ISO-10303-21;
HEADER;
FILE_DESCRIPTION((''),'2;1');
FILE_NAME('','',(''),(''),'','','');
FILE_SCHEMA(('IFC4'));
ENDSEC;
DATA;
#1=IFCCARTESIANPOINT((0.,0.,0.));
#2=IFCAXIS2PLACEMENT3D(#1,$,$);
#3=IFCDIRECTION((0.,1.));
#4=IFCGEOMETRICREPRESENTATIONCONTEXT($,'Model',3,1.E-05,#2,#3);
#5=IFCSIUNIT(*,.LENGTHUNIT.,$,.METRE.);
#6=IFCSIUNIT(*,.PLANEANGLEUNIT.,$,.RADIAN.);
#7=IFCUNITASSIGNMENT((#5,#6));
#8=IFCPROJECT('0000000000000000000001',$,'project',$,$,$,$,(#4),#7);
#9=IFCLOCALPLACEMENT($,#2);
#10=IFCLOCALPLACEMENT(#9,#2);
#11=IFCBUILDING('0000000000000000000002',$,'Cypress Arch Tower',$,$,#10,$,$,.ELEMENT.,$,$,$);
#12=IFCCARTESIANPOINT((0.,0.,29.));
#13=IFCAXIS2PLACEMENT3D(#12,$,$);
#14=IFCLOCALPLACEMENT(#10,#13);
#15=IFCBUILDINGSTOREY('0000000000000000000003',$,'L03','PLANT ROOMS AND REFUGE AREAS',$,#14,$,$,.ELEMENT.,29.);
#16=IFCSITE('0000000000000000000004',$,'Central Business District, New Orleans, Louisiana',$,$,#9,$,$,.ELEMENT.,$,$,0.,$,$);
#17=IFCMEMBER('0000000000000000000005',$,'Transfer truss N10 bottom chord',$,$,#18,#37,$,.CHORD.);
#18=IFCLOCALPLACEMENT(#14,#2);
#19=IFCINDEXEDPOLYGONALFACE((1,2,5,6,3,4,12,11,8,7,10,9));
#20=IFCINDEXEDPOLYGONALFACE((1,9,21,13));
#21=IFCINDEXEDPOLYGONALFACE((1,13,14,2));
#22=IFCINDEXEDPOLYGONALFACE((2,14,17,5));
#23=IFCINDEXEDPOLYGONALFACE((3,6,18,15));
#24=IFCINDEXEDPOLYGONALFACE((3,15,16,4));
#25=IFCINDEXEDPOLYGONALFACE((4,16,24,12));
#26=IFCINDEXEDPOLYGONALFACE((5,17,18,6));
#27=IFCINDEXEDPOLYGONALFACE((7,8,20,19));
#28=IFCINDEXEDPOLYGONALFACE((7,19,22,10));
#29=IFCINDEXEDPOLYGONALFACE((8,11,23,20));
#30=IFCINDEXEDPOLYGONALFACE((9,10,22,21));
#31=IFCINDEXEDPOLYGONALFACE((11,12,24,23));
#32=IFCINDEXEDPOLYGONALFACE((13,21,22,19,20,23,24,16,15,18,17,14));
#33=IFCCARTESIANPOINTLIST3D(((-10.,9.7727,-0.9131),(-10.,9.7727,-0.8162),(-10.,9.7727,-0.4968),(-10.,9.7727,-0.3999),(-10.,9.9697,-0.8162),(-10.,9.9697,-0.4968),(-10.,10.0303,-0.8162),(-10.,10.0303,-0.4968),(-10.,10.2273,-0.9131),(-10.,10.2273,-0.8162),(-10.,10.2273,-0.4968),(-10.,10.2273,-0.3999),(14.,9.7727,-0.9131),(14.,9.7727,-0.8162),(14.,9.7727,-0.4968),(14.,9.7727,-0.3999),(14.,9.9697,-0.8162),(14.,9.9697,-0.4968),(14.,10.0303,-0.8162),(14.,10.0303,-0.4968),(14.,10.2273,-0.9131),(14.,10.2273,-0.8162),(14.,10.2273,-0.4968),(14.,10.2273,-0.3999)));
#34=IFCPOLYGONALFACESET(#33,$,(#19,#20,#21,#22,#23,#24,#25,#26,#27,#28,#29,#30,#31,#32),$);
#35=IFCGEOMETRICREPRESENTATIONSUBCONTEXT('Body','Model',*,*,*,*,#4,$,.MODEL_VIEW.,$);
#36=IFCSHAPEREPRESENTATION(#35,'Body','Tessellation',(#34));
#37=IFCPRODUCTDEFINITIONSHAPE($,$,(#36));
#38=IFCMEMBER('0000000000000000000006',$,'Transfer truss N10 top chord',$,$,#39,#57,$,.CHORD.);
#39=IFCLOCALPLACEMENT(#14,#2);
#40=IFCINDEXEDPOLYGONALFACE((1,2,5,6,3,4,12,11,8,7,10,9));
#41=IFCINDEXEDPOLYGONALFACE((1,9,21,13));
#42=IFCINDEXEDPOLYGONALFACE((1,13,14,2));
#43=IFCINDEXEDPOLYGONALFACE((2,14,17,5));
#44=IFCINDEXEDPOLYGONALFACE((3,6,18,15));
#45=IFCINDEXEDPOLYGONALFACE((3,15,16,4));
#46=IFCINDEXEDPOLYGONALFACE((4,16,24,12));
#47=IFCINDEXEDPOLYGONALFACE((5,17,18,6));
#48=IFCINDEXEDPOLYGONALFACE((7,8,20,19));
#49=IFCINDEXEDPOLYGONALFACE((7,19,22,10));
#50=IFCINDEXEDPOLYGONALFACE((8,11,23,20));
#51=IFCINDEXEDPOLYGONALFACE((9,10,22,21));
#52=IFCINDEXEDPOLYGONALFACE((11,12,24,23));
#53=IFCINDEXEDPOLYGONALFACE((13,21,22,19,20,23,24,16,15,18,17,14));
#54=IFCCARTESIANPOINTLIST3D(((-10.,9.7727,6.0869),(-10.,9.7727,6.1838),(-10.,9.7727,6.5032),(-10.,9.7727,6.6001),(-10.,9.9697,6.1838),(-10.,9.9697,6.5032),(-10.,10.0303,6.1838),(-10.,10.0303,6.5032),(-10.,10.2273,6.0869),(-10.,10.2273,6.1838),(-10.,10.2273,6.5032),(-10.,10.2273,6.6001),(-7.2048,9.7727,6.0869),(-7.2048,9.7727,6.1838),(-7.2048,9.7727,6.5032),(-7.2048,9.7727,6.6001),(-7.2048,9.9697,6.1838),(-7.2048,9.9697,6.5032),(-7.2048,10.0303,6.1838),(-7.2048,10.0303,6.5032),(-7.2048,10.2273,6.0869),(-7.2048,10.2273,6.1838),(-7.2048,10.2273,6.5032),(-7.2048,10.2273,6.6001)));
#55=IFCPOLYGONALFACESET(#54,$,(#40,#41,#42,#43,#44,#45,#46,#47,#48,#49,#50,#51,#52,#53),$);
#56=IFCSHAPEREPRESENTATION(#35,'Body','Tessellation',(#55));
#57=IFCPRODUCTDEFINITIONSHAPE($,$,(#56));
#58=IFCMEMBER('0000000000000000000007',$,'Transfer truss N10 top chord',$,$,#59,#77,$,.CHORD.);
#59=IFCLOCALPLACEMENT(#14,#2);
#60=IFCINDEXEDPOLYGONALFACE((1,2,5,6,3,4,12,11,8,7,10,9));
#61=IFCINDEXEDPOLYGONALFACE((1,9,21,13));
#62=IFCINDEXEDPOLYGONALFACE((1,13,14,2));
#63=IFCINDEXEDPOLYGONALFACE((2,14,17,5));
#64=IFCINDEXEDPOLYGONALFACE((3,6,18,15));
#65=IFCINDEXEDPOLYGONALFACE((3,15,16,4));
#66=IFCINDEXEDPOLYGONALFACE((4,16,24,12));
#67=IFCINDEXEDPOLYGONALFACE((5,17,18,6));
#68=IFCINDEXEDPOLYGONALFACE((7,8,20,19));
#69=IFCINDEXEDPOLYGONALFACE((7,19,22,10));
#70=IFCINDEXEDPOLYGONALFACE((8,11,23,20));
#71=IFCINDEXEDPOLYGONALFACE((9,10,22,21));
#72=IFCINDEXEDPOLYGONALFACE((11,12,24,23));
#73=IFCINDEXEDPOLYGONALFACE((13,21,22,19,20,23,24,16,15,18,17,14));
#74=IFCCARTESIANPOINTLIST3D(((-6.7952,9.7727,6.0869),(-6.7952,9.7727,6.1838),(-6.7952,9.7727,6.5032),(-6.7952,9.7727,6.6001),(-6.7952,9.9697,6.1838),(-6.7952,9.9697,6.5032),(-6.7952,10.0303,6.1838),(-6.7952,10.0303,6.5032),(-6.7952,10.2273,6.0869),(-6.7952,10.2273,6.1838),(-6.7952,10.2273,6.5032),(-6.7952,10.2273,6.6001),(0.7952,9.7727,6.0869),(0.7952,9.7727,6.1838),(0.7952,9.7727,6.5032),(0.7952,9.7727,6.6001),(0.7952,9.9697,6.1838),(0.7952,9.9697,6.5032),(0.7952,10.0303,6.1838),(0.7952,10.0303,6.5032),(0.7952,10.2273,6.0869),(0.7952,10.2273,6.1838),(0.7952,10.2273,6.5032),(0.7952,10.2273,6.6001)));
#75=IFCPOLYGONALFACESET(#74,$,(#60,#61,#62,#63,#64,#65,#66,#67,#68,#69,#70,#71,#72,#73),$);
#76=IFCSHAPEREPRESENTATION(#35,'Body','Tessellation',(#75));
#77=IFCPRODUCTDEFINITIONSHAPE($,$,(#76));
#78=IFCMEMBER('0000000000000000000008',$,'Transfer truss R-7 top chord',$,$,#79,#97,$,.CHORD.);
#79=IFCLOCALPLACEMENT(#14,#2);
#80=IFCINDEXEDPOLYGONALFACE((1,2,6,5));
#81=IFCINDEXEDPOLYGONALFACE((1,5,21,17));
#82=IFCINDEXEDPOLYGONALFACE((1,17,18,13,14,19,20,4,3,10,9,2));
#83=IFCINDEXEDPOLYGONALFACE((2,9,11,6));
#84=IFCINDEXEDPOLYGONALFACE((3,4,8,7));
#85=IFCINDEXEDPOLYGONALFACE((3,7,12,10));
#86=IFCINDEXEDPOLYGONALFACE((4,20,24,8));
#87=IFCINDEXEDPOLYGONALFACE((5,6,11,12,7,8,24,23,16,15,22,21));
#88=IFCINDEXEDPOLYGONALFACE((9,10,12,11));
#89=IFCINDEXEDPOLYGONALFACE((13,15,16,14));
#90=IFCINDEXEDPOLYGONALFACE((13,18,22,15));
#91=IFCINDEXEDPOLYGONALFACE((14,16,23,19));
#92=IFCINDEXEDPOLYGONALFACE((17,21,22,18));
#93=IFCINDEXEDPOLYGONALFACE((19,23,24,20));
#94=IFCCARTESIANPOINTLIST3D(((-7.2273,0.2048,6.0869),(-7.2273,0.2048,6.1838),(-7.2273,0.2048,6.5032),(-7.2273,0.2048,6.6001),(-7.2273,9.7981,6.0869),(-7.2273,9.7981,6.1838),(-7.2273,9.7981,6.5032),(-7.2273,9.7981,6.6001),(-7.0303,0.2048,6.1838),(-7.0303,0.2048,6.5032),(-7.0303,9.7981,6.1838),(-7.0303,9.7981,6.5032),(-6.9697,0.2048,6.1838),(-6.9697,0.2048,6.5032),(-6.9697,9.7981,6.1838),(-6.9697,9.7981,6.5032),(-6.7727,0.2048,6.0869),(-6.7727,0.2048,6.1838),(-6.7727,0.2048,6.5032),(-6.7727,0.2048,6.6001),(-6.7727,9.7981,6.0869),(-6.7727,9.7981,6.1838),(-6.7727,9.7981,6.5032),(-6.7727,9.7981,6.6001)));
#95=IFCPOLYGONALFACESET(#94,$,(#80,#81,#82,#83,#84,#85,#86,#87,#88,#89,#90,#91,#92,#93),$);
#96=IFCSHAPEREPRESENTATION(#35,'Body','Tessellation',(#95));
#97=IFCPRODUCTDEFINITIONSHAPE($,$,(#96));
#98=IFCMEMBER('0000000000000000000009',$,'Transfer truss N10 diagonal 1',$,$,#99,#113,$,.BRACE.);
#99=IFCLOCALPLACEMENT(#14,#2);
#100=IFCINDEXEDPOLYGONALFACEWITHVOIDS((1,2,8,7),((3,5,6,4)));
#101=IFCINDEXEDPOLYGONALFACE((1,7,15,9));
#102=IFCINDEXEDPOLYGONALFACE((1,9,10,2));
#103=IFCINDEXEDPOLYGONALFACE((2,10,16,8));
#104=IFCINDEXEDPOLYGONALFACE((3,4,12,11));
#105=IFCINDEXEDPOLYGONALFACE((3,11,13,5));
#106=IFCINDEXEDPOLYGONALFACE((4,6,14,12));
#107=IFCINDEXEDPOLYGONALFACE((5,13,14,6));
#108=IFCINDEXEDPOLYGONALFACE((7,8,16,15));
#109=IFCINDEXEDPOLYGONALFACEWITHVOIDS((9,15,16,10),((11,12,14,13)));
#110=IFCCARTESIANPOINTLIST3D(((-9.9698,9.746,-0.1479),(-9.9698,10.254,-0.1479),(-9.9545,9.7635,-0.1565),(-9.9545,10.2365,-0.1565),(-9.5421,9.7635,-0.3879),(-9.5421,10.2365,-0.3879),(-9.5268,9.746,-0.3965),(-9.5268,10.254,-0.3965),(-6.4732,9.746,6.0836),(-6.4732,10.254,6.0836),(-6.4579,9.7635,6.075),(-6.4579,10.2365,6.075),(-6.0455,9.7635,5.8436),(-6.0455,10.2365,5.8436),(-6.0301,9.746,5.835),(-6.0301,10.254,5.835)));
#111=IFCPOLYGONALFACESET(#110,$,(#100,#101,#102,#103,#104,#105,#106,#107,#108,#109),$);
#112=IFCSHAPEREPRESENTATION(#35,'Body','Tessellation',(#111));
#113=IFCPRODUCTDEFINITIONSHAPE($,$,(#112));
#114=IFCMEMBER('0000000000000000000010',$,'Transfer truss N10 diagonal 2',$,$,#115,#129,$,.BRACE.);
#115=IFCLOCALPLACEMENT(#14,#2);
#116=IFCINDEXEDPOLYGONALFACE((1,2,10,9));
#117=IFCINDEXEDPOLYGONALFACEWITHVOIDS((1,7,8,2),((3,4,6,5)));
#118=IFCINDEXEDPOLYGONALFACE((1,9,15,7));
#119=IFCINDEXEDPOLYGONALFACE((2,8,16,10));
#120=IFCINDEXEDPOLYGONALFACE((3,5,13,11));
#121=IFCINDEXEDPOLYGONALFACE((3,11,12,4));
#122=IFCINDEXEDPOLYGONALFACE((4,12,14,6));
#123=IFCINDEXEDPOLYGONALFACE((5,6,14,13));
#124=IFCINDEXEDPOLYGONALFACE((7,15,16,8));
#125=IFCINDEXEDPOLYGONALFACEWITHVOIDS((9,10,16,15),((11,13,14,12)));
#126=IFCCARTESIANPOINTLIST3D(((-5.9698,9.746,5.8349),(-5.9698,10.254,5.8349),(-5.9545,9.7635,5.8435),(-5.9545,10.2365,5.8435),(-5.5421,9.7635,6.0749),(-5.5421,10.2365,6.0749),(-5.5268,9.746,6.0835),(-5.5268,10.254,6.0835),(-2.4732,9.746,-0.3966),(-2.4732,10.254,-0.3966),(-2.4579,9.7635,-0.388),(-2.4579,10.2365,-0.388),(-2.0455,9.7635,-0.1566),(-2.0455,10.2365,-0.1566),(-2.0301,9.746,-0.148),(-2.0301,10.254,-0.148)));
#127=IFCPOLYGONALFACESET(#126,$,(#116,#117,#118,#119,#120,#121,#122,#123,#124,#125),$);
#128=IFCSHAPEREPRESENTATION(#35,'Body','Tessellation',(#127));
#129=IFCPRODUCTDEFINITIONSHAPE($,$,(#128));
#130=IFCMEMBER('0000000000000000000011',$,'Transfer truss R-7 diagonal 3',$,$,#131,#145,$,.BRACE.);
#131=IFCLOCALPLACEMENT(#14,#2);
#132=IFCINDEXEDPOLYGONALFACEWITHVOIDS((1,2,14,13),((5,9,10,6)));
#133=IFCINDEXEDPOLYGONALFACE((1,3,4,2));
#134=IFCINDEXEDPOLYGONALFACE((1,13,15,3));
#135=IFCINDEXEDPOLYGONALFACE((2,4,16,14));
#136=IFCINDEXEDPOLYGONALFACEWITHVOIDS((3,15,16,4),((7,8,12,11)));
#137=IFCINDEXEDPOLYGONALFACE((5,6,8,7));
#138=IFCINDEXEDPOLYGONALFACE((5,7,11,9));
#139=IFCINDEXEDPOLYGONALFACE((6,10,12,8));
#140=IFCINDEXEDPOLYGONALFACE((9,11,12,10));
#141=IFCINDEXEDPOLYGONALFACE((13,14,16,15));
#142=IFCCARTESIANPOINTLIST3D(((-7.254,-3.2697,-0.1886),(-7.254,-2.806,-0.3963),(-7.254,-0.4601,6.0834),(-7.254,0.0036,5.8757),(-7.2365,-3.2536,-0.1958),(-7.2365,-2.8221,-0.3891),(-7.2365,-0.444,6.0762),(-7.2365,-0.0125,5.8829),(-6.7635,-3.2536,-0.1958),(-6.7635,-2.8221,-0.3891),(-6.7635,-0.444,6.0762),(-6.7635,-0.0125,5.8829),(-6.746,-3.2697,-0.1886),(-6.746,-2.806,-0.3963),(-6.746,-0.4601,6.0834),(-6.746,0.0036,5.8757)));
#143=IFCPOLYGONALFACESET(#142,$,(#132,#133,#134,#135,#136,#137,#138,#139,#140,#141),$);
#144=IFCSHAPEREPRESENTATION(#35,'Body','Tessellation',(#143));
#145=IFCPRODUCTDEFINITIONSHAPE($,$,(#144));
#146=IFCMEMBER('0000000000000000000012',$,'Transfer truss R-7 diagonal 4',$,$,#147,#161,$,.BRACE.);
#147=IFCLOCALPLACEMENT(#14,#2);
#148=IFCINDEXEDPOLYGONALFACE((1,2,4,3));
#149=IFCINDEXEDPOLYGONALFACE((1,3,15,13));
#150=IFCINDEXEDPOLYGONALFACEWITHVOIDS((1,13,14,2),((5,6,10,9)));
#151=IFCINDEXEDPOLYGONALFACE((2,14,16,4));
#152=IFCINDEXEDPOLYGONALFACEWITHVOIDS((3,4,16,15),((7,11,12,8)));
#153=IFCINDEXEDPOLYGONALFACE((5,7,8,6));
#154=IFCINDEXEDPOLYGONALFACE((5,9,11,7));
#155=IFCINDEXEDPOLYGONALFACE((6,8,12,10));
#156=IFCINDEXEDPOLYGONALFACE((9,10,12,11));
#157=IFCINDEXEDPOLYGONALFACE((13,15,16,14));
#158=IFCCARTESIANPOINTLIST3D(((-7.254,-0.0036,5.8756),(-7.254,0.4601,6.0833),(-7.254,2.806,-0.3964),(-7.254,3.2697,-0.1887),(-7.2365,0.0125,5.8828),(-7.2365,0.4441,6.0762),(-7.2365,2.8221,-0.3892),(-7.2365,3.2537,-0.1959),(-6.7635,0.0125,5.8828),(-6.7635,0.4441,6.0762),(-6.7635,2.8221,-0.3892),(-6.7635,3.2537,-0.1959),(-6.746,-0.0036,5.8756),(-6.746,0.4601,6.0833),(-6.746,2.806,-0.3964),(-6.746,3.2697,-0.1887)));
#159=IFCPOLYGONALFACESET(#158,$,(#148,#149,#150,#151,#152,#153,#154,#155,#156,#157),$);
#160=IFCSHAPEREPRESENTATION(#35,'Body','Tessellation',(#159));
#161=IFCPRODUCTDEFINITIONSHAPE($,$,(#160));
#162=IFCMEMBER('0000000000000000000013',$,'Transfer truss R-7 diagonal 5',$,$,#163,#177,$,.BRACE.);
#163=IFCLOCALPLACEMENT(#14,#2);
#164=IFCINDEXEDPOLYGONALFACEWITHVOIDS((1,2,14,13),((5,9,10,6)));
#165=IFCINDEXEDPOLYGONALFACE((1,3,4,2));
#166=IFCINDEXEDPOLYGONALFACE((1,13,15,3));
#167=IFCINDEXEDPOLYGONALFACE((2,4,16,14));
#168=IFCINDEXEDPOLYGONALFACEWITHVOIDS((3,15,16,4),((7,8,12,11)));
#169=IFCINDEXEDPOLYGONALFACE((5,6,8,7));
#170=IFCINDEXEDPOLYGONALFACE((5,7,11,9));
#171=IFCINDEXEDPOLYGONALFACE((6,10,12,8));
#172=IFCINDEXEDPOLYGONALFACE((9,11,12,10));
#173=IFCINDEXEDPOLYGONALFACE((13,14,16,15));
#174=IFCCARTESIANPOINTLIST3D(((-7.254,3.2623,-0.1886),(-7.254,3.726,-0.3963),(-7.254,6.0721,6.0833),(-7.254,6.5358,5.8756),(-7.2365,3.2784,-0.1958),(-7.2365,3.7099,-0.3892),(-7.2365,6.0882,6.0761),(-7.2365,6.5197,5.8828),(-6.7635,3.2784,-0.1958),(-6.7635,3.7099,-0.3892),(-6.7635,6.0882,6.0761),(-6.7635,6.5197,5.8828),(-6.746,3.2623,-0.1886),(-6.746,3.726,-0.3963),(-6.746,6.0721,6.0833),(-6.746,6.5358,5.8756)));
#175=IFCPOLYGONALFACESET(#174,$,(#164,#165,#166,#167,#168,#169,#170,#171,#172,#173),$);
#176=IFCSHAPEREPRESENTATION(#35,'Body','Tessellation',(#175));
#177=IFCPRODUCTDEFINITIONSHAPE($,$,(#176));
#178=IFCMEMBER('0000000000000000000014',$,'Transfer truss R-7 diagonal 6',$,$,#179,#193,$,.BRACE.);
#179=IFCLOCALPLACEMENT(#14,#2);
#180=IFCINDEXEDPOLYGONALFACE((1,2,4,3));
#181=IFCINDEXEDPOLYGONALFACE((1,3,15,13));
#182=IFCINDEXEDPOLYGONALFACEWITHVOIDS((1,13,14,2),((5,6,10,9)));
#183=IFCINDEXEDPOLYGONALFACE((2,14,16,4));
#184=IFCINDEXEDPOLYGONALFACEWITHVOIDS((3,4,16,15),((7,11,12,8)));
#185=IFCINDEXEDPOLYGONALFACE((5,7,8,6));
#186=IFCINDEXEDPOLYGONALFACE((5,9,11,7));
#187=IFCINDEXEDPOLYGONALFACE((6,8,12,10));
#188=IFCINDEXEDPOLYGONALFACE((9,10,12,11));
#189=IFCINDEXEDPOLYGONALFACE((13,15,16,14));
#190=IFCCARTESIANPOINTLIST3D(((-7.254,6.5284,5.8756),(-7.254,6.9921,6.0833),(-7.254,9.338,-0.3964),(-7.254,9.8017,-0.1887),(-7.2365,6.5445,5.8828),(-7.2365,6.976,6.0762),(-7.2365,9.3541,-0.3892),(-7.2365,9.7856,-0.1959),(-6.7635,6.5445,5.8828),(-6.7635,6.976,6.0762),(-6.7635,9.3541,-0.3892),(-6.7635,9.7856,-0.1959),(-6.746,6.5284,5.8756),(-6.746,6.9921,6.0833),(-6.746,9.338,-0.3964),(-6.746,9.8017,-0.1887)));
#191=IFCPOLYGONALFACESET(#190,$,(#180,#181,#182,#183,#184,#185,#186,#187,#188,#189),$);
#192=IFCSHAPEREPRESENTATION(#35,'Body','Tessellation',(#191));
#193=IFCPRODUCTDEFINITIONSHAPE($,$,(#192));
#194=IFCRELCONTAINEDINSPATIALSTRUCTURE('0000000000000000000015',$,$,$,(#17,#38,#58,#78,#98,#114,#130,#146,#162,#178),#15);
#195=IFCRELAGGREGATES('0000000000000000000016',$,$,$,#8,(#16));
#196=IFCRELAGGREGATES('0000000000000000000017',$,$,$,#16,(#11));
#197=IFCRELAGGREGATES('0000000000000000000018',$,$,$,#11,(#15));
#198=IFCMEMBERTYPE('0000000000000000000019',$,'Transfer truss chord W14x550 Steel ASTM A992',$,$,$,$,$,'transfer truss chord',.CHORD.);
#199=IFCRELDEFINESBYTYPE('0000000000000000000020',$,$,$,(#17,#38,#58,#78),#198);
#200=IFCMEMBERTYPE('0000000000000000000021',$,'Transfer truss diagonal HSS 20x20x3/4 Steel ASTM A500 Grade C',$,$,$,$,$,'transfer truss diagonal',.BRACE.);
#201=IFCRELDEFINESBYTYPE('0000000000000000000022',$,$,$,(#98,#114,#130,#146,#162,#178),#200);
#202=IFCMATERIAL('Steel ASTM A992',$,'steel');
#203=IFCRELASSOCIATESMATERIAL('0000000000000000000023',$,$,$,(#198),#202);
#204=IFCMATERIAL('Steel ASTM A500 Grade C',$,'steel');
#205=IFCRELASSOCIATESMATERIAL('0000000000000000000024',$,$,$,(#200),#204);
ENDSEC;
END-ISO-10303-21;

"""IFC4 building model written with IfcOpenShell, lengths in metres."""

from ifc_helpers import new_model, si_unit, direction, frame, origin, origin_2d, place, context, subcontext, project, spatial, hollow_rectangle, i_section, extrude, material, material_profile, profile_set, type_object, element, save


model = new_model("IFC4")

# Units and contexts
model_context = context("Model", 3, precision=1e-05, world=origin(), true_north=direction((0.0, 1.0)))
body_context = subcontext(model_context, "Body", "Model", "MODEL_VIEW")
ifc_project = project(units=[si_unit("LENGTHUNIT", "METRE"), si_unit("PLANEANGLEUNIT", "RADIAN")], contexts=[model_context])

# Site, building, storey
site_placement = place(None, origin())
site = spatial("IfcSite", under=ifc_project, at=site_placement, Name="Central Business District, New Orleans, Louisiana", CompositionType="ELEMENT", RefElevation=0.0)
building_placement = place(site_placement, origin())
building = spatial("IfcBuilding", under=site, at=building_placement, Name="Cypress Arch Tower", CompositionType="ELEMENT")
storey_placement = place(building_placement, frame((0.0, 0.0, 29.0)))
storey = spatial("IfcBuildingStorey", under=building, at=storey_placement, Name="L03", Description="PLANT ROOMS AND REFUGE AREAS", CompositionType="ELEMENT", Elevation=29.0)

# Members
ifc_material_1 = material(Name="Steel ASTM A992", Category="steel")
ifc_material_profile_1 = material_profile(ifc_material_1, i_section(OverallWidth=0.4546, OverallDepth=0.5132, WebThickness=0.0605, FlangeThickness=0.0969, at=origin_2d()), Name="W14x550")
ifc_profile_set_1 = profile_set([ifc_material_profile_1], Name="Steel ASTM A992")
member_type_1 = type_object("IfcMemberType", Name="Transfer truss chord W14x550 Steel ASTM A992", ElementType="transfer truss chord", PredefinedType="CHORD", material=ifc_profile_set_1)
member_1_placement = place(storey_placement, frame((-10.0, 10.0, -0.6565), z_axis=(1.0, 0.0, 0.0), x_axis=(0.0, 1.0, 0.0)))
element("IfcMember", 1, at=member_1_placement, inside=storey, type_object=member_type_1, Name="Transfer truss N10 bottom chord", PredefinedType="CHORD", context=body_context, shape_type="SweptSolid", body=[
    extrude(i_section(OverallWidth=0.4546, OverallDepth=0.5132, WebThickness=0.0605, FlangeThickness=0.0969, at=origin_2d()), origin(), (0.0, 0.0, 1.0), 24.0),
])
member_2_placement = place(storey_placement, frame((-10.0, 10.0, 6.3435), z_axis=(1.0, 0.0, 0.0), x_axis=(0.0, 1.0, 0.0)))
element("IfcMember", 2, at=member_2_placement, inside=storey, type_object=member_type_1, Name="Transfer truss N10 top chord", PredefinedType="CHORD", context=body_context, shape_type="SweptSolid", body=[
    extrude(i_section(OverallWidth=0.4546, OverallDepth=0.5132, WebThickness=0.0605, FlangeThickness=0.0969, at=origin_2d()), origin(), (0.0, 0.0, 1.0), 2.7952),
])
member_3_placement = place(storey_placement, frame((-6.7952, 10.0, 6.3435), z_axis=(1.0, 0.0, 0.0), x_axis=(0.0, 1.0, 0.0)))
element("IfcMember", 3, at=member_3_placement, inside=storey, type_object=member_type_1, Name="Transfer truss N10 top chord", PredefinedType="CHORD", context=body_context, shape_type="SweptSolid", body=[
    extrude(i_section(OverallWidth=0.4546, OverallDepth=0.5132, WebThickness=0.0605, FlangeThickness=0.0969, at=origin_2d()), origin(), (0.0, 0.0, 1.0), 7.5903),
])
member_4_placement = place(storey_placement, frame((-7.0, 0.2048, 6.3435), z_axis=(0.0, 1.0, 0.0), x_axis=(-1.0, 0.0, 0.0)))
element("IfcMember", 4, at=member_4_placement, inside=storey, type_object=member_type_1, Name="Transfer truss R-7 top chord", PredefinedType="CHORD", context=body_context, shape_type="SweptSolid", body=[
    extrude(i_section(OverallWidth=0.4546, OverallDepth=0.5132, WebThickness=0.0605, FlangeThickness=0.0969, at=origin_2d()), origin(), (0.0, 0.0, 1.0), 9.5933),
])
ifc_material_2 = material(Name="Steel ASTM A500 Grade C", Category="steel")
ifc_material_profile_2 = material_profile(ifc_material_2, hollow_rectangle(XDim=0.5081, YDim=0.5081, WallThickness=0.0176, at=origin_2d()), Name="HSS 20x20x3/4")
ifc_profile_set_2 = profile_set([ifc_material_profile_2], Name="Steel ASTM A500 Grade C")
member_type_2 = type_object("IfcMemberType", Name="Transfer truss diagonal HSS 20x20x3/4 Steel ASTM A500 Grade C", ElementType="transfer truss diagonal", PredefinedType="BRACE", material=ifc_profile_set_2)
for number, where, z_axis, x_axis, name in (
    (5, (-9.7483, 10.0, -0.2722), (0.489346, 0.0, 0.87209), (0.0, 1.0, 0.0), "Transfer truss N10 diagonal 1"),
    (6, (-5.7483, 10.0, 5.9592), (0.489346, 0.0, -0.87209), (0.0, 1.0, 0.0), "Transfer truss N10 diagonal 2"),
):
    element("IfcMember", number, at=place(storey_placement, frame(where, z_axis=z_axis, x_axis=x_axis)), inside=storey, type_object=member_type_2, Name=name, PredefinedType="BRACE", context=body_context, shape_type="SweptSolid", body=[
        extrude(hollow_rectangle(XDim=0.5081, YDim=0.5081, WallThickness=0.0176, at=origin_2d()), origin(), (0.0, 0.0, 1.0), 7.1455),
    ])
for number, where, z_axis, x_axis, name in (
    (7, (-7.0, -3.0378, -0.2925), (0.0, 0.408813, 0.912618), (-1.0, 0.0, 0.0), "Transfer truss R-7 diagonal 3"),
    (8, (-7.0, 0.2283, 5.9795), (0.0, 0.408813, -0.912618), (-1.0, 0.0, 0.0), "Transfer truss R-7 diagonal 4"),
    (9, (-7.0, 3.4941, -0.2925), (0.0, 0.408843, 0.912605), (-1.0, 0.0, 0.0), "Transfer truss R-7 diagonal 5"),
    (10, (-7.0, 6.7603, 5.9795), (0.0, 0.408813, -0.912618), (-1.0, 0.0, 0.0), "Transfer truss R-7 diagonal 6"),
):
    element("IfcMember", number, at=place(storey_placement, frame(where, z_axis=z_axis, x_axis=x_axis)), inside=storey, type_object=member_type_2, Name=name, PredefinedType="BRACE", context=body_context, shape_type="SweptSolid", body=[
        extrude(hollow_rectangle(XDim=0.5081, YDim=0.5081, WallThickness=0.0176, at=origin_2d()), origin(), (0.0, 0.0, 1.0), 6.8726),
    ])

save(model, "model.ifc")
